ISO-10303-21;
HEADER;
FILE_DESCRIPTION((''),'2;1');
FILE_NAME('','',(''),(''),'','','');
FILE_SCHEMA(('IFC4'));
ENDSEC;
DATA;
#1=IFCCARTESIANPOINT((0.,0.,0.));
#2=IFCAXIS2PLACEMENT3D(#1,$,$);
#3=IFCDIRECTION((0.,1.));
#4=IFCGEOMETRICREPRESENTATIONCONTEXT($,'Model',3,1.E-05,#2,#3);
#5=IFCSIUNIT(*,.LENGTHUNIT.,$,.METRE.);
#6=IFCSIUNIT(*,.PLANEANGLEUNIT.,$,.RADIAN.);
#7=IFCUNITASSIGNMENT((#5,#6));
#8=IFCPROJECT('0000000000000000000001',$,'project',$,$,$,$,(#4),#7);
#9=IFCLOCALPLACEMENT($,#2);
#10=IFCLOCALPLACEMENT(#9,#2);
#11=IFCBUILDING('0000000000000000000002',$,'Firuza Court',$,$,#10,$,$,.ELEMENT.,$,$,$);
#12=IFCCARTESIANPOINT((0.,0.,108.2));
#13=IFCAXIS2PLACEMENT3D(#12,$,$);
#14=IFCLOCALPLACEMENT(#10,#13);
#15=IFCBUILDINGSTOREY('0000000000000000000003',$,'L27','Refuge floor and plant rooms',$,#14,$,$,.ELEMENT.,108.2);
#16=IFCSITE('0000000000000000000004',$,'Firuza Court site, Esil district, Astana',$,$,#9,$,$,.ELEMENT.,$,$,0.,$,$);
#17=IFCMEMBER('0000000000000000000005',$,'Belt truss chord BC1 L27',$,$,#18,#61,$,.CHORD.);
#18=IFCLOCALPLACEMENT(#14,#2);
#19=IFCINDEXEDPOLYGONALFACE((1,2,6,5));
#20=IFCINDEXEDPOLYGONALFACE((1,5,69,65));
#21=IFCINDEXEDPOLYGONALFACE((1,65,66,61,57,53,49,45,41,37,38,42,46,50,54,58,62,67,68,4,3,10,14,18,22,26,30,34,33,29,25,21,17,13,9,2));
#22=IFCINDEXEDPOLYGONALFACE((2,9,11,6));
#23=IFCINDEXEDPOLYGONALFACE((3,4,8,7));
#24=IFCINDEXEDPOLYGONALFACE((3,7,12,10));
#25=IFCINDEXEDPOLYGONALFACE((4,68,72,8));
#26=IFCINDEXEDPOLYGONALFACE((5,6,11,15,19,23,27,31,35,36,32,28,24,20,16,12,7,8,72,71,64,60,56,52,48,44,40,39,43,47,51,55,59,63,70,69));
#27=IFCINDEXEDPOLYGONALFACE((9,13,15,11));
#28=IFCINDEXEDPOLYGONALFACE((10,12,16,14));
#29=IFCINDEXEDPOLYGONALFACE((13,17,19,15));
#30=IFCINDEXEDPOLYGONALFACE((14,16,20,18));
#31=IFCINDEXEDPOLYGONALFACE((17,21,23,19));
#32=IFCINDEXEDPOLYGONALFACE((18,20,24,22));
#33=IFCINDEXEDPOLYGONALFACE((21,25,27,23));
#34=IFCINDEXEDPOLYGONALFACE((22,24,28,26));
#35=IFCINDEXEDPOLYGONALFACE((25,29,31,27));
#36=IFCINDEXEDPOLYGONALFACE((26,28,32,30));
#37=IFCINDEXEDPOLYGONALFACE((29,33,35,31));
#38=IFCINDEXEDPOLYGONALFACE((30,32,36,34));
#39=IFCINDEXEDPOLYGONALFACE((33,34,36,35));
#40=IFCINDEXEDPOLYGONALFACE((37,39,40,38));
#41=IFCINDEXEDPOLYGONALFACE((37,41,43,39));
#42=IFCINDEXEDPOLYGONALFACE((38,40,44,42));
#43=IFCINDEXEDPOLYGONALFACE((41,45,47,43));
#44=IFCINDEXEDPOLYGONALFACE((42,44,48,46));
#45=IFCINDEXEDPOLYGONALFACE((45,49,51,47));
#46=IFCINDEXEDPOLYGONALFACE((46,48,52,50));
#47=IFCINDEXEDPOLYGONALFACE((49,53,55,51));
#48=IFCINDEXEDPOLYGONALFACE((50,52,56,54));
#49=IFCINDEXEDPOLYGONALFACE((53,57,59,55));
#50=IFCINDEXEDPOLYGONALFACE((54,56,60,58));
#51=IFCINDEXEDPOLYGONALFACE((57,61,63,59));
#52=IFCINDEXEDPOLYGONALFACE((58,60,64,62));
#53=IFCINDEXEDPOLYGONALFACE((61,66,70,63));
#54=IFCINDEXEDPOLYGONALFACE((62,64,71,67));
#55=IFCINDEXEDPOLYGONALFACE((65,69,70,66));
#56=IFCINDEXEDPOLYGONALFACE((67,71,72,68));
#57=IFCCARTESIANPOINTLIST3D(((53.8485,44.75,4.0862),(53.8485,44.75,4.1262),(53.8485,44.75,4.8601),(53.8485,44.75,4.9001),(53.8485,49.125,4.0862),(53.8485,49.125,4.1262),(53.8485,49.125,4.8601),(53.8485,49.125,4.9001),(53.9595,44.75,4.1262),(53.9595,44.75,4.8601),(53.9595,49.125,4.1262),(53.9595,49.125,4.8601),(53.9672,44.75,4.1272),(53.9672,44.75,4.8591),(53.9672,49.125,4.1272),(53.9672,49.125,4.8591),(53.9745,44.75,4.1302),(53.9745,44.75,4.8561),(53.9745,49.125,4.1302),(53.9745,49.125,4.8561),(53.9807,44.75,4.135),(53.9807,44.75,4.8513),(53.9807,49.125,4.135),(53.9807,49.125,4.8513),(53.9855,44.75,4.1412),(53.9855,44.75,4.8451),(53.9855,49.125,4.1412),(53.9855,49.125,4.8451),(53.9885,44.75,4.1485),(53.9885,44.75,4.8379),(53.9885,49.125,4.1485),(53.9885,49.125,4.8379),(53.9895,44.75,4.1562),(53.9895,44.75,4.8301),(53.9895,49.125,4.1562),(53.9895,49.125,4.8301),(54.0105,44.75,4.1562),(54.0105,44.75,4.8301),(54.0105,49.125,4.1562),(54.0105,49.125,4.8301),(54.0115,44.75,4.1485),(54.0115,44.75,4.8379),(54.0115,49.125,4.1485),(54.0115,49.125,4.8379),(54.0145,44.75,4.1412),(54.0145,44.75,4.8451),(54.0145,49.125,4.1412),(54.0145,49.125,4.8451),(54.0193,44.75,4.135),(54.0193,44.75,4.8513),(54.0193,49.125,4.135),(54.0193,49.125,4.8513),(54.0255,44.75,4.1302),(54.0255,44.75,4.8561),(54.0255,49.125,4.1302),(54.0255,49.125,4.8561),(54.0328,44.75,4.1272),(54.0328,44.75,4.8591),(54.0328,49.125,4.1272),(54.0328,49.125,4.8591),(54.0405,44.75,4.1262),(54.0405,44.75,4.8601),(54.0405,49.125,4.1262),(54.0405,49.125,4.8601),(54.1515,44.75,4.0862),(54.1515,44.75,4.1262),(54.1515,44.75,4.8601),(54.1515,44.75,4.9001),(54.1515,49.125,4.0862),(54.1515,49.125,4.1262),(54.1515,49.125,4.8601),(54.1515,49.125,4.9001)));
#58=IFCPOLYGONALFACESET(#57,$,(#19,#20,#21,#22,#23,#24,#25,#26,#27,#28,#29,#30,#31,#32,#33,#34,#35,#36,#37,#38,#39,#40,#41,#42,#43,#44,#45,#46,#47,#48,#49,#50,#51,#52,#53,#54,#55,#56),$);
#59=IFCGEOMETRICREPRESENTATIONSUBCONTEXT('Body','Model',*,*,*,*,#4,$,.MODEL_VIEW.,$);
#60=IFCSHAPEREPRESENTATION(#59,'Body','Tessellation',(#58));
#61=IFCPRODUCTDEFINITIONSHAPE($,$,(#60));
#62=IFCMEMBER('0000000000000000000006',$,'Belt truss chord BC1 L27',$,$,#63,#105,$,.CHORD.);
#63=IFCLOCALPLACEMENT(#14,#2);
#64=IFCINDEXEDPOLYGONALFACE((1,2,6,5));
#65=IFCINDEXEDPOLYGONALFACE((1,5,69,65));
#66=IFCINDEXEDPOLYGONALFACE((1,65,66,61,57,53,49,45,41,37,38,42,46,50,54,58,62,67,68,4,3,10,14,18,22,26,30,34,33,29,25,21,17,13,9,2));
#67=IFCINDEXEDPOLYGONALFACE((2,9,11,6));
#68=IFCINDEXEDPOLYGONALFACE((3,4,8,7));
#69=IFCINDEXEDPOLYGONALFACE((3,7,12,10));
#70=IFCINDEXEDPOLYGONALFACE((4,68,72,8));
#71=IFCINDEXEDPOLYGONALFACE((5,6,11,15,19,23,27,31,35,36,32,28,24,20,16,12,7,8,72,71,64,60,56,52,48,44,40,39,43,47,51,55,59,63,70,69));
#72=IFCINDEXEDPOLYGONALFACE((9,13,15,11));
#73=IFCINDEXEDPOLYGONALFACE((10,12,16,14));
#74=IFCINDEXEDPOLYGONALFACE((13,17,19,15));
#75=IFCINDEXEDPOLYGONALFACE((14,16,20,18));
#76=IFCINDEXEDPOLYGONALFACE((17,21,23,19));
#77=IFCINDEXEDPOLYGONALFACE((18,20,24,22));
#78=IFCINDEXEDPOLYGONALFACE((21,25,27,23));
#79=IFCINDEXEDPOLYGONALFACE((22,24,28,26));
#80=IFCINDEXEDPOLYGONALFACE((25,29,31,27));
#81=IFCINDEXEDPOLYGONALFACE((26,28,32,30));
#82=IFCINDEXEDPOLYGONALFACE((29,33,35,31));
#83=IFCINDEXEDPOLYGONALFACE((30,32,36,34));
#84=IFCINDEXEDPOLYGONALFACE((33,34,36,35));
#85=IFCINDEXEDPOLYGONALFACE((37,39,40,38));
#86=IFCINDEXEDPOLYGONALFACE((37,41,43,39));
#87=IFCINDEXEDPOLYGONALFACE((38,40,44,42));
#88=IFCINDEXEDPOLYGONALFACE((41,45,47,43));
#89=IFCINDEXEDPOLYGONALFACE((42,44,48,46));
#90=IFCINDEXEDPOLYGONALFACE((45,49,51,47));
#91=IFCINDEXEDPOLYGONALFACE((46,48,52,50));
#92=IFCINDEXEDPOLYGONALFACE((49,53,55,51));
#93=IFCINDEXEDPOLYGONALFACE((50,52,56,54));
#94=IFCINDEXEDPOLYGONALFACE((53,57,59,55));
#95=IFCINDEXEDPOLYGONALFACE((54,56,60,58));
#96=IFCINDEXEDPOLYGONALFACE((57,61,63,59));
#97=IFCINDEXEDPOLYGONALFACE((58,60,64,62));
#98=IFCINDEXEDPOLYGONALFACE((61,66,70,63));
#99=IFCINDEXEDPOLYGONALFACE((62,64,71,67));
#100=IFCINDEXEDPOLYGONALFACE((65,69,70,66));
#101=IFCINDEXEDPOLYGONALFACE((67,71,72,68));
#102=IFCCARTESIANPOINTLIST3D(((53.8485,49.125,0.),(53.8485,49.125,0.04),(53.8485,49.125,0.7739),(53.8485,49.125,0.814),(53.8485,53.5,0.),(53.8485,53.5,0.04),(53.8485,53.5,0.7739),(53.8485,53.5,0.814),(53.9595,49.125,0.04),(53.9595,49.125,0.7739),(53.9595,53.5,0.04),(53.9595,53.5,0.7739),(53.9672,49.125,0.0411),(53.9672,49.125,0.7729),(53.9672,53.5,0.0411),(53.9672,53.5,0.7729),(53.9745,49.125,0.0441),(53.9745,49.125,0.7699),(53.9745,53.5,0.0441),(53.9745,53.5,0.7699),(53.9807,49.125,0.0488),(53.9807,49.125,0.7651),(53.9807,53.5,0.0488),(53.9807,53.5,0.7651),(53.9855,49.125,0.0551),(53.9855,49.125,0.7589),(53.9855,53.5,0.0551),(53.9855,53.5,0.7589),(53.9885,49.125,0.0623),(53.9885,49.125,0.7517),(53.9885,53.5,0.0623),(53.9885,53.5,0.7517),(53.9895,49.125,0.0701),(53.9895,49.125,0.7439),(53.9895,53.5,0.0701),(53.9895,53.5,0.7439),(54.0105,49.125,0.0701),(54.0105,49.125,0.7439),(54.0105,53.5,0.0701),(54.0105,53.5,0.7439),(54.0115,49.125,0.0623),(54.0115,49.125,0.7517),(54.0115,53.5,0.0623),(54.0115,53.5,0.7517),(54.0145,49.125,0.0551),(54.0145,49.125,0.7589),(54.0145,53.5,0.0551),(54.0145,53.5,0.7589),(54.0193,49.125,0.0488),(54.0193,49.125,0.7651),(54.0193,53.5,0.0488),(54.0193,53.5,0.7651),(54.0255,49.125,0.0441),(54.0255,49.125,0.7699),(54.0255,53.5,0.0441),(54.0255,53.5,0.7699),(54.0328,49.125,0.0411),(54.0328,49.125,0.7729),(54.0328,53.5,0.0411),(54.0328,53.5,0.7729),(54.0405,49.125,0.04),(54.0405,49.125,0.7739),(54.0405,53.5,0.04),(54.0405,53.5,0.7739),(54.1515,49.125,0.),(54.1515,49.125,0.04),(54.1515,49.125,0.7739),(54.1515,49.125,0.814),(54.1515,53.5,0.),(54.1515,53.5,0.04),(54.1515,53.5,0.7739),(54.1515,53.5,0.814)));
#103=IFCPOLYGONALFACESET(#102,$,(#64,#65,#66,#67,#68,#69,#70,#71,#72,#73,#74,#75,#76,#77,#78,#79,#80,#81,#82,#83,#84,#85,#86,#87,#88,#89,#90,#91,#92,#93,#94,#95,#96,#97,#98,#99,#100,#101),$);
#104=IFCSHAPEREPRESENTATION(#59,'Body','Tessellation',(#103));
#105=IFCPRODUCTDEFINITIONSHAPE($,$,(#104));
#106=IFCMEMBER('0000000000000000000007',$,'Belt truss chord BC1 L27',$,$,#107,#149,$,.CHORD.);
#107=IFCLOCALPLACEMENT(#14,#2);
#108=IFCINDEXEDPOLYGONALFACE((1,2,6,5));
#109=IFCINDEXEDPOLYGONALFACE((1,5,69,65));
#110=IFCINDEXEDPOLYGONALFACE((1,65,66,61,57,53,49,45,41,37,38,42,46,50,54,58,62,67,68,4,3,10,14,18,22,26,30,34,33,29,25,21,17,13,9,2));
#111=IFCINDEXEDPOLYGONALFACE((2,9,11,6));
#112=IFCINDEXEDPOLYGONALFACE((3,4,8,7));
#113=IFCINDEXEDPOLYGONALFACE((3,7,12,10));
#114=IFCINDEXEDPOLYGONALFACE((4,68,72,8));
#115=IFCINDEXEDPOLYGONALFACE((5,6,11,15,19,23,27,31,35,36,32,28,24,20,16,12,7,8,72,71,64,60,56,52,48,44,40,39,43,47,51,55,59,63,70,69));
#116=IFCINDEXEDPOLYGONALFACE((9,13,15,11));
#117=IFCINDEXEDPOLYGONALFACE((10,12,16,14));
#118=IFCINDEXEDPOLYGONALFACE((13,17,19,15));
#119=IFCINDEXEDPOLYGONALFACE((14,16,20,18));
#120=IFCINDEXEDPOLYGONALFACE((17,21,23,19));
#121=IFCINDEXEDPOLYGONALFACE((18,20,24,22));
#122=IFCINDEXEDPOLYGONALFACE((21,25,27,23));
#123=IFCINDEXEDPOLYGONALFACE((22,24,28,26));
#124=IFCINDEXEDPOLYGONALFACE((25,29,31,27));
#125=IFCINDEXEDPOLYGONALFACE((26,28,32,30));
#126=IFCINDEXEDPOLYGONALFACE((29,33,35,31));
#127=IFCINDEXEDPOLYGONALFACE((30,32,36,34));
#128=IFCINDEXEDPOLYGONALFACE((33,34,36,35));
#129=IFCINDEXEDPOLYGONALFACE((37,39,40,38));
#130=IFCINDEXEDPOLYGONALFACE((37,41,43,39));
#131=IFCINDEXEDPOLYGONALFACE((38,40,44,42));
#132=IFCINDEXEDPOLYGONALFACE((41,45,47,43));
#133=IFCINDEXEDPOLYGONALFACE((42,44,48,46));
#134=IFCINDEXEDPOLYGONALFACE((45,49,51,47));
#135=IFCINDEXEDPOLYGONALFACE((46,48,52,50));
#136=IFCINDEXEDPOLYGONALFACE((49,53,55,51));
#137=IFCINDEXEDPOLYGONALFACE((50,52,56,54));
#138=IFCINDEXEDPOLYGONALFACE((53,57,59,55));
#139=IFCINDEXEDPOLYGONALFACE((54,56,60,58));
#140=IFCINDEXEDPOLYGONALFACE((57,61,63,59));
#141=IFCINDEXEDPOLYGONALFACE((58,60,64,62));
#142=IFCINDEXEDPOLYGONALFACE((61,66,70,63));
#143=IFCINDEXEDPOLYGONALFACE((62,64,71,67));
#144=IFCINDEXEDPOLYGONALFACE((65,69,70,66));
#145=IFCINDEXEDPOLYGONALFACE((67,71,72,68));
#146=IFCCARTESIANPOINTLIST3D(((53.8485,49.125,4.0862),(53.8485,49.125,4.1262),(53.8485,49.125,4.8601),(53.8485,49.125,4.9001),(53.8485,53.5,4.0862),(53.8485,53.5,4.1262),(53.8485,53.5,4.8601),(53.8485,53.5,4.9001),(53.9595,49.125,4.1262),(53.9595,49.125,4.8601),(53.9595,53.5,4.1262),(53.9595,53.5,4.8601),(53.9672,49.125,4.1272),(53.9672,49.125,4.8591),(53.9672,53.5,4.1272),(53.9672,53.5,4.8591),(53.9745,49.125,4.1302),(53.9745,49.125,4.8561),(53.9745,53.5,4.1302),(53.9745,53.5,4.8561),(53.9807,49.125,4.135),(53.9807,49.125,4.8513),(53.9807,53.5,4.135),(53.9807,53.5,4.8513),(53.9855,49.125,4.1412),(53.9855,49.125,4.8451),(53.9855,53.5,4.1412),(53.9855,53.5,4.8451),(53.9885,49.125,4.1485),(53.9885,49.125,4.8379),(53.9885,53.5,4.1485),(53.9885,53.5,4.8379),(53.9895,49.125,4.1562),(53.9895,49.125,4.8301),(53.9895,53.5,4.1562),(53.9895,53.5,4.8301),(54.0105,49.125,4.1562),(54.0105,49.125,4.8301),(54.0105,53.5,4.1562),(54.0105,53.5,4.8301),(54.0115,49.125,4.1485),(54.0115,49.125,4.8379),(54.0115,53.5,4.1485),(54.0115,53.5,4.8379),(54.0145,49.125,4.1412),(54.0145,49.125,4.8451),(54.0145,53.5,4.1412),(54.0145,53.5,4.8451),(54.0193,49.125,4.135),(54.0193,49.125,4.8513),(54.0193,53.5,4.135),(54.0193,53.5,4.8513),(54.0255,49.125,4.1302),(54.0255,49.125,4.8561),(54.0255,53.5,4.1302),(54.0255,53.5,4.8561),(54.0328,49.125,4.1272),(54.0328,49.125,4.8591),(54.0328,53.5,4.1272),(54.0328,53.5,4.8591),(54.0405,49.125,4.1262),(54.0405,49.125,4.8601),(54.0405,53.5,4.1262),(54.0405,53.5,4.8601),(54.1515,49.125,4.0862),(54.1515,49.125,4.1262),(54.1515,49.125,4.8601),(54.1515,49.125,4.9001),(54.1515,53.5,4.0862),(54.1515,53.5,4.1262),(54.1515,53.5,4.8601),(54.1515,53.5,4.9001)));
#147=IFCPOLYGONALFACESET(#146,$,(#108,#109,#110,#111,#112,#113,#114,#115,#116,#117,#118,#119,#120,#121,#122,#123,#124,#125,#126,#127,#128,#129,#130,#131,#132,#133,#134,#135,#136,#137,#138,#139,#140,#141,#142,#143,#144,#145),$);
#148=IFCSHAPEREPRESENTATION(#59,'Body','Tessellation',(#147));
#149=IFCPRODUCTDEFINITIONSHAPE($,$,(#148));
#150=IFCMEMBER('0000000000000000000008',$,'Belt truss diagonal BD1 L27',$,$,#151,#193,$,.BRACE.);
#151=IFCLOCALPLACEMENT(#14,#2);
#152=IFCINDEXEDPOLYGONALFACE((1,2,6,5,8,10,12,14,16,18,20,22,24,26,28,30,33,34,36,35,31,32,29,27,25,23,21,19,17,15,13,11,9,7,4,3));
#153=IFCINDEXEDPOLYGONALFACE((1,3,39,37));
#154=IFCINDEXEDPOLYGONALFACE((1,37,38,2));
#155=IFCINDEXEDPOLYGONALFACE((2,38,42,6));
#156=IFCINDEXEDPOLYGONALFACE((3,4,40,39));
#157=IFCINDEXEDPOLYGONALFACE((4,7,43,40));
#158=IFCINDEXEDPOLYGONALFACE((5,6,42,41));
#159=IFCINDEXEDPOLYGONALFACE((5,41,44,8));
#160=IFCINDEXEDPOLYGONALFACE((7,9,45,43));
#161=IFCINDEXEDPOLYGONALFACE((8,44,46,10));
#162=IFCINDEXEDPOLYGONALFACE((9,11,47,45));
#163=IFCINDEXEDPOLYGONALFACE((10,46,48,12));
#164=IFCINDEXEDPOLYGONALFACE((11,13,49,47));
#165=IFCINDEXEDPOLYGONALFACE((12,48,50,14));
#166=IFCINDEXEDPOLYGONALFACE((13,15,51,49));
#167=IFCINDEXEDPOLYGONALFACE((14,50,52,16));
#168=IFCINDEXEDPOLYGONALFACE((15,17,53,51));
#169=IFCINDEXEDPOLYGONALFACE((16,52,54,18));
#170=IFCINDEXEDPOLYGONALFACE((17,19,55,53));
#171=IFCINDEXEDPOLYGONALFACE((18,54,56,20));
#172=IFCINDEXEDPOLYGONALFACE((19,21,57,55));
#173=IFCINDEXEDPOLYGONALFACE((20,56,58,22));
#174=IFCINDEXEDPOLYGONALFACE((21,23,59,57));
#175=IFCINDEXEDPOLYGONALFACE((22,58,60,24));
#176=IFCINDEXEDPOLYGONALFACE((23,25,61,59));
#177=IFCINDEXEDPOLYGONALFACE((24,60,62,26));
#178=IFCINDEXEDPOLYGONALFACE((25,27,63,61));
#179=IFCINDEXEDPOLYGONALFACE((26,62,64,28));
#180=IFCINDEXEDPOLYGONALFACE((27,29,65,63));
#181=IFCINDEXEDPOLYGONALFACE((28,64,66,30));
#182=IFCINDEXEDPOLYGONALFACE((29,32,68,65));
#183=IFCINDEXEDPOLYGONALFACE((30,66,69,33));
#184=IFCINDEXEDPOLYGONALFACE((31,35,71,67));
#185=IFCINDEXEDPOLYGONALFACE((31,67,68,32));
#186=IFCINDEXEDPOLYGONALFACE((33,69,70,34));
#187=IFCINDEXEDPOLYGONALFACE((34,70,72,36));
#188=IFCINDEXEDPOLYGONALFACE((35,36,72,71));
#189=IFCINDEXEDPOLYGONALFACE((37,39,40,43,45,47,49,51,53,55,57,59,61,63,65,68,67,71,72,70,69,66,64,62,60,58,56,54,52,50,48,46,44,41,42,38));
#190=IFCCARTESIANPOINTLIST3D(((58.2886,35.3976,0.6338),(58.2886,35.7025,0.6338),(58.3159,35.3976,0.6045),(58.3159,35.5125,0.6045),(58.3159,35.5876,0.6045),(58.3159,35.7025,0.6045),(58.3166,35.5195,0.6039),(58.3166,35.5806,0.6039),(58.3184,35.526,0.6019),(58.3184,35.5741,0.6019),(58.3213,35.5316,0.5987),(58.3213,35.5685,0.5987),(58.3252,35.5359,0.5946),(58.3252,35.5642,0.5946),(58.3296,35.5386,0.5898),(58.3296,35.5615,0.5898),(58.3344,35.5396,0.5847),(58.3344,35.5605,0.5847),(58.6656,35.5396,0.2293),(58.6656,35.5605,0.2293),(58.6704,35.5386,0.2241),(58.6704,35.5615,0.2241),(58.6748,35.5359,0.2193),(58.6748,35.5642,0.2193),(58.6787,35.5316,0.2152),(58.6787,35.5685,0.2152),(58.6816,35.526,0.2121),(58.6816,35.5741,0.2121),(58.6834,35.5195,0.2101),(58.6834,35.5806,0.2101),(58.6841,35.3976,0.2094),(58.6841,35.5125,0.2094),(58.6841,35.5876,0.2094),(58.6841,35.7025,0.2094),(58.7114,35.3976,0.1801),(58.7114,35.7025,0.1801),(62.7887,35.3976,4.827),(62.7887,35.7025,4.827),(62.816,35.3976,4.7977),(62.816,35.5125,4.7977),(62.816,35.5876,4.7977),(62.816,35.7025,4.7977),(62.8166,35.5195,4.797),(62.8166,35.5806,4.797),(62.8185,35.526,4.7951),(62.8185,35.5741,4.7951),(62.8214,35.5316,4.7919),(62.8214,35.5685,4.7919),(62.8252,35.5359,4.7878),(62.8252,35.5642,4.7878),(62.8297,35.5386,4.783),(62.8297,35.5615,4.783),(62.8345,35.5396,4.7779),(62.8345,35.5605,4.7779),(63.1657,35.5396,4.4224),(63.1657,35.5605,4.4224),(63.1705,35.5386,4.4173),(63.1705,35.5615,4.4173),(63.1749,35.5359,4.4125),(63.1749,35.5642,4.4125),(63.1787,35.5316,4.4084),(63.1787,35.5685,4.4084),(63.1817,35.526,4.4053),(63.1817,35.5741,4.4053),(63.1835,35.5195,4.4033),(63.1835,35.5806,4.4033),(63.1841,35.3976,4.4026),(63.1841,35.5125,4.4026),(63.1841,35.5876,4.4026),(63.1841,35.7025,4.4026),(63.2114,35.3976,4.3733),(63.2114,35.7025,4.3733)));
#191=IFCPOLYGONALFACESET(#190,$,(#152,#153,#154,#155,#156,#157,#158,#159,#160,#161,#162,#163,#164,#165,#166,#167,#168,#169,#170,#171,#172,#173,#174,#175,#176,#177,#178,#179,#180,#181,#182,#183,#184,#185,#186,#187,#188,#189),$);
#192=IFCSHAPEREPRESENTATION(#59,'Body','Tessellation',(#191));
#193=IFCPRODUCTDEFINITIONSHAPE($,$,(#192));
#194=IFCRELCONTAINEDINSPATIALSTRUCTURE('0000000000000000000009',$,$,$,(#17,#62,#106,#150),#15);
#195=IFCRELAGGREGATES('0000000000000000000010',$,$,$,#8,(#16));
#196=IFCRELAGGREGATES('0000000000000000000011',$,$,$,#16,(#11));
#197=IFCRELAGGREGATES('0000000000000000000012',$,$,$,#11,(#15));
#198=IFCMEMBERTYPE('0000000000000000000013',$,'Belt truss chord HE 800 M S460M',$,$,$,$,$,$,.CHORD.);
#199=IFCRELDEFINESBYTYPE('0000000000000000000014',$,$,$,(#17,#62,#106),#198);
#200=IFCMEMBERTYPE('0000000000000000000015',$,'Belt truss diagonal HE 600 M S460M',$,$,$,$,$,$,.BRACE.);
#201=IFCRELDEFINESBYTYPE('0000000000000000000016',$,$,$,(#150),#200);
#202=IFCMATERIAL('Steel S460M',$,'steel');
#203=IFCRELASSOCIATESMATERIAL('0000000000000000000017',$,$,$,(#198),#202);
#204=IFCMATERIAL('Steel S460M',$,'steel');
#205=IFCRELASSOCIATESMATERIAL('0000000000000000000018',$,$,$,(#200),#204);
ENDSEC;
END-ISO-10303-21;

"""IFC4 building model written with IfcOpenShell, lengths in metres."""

from ifc_helpers import new_model, si_unit, direction, frame, origin, origin_2d, place, context, subcontext, project, spatial, i_section, extrude, material, material_profile, profile_set, type_object, element, save


model = new_model("IFC4")

# Units and contexts
model_context = context("Model", 3, precision=1e-05, world=origin(), true_north=direction((0.0, 1.0)))
body_context = subcontext(model_context, "Body", "Model", "MODEL_VIEW")
ifc_project = project(units=[si_unit("LENGTHUNIT", "METRE"), si_unit("PLANEANGLEUNIT", "RADIAN")], contexts=[model_context])

# Site, building, storey
site_placement = place(None, origin())
site = spatial("IfcSite", under=ifc_project, at=site_placement, Name="Firuza Court site, Esil district, Astana", CompositionType="ELEMENT", RefElevation=0.0)
building_placement = place(site_placement, origin())
building = spatial("IfcBuilding", under=site, at=building_placement, Name="Firuza Court", CompositionType="ELEMENT")
storey_placement = place(building_placement, frame((0.0, 0.0, 108.2)))
storey = spatial("IfcBuildingStorey", under=building, at=storey_placement, Name="L27", Description="Refuge floor and plant rooms", CompositionType="ELEMENT", Elevation=108.2)

# Members
ifc_material_1 = material(Name="Steel S460M", Category="steel")
ifc_material_profile_1 = material_profile(ifc_material_1, i_section(OverallWidth=0.303, OverallDepth=0.814, WebThickness=0.021, FlangeThickness=0.04, FilletRadius=0.03, at=origin_2d()), Name="HE 800 M")
ifc_profile_set_1 = profile_set([ifc_material_profile_1], Name="Steel S460M")
member_type_1 = type_object("IfcMemberType", Name="Belt truss chord HE 800 M S460M", PredefinedType="CHORD", material=ifc_profile_set_1)
for number, where, z_axis, x_axis, name in (
    (1, (54.0, 44.75, 4.4932), (0.0, 1.0, 0.0), (-1.0, 0.0, 0.0), "Belt truss chord BC1 L27"),
    (2, (54.0, 49.125, 0.407), (0.0, 1.0, 0.0), (-1.0, 0.0, 0.0), "Belt truss chord BC1 L27"),
    (3, (54.0, 49.125, 4.4932), (0.0, 1.0, 0.0), (-1.0, 0.0, 0.0), "Belt truss chord BC1 L27"),
):
    element("IfcMember", number, at=place(storey_placement, frame(where, z_axis=z_axis, x_axis=x_axis)), inside=storey, type_object=member_type_1, Name=name, PredefinedType="CHORD", context=body_context, shape_type="SweptSolid", body=[
        extrude(i_section(OverallWidth=0.303, OverallDepth=0.814, WebThickness=0.021, FlangeThickness=0.04, FilletRadius=0.03, at=origin_2d()), origin(), (0.0, 0.0, 1.0), 4.375),
    ])
ifc_material_2 = material(Name="Steel S460M", Category="steel")
ifc_material_profile_2 = material_profile(ifc_material_2, i_section(OverallWidth=0.3049, OverallDepth=0.6201, WebThickness=0.021, FlangeThickness=0.04, FilletRadius=0.0271, at=origin_2d()), Name="HE 600 M")
ifc_profile_set_2 = profile_set([ifc_material_profile_2], Name="Steel S460M")
member_type_2 = type_object("IfcMemberType", Name="Belt truss diagonal HE 600 M S460M", PredefinedType="BRACE", material=ifc_profile_set_2)
for number, where, z_axis, x_axis, name in (
    (4, (58.5, 35.55, 0.407), (0.731613, 0.0, 0.68172), (0.0, 1.0, 0.0), "Belt truss diagonal BD1 L27"),
):
    element("IfcMember", number, at=place(storey_placement, frame(where, z_axis=z_axis, x_axis=x_axis)), inside=storey, type_object=member_type_2, Name=name, PredefinedType="BRACE", context=body_context, shape_type="SweptSolid", body=[
        extrude(i_section(OverallWidth=0.3049, OverallDepth=0.6201, WebThickness=0.021, FlangeThickness=0.04, FilletRadius=0.0271, at=origin_2d()), origin(), (0.0, 0.0, 1.0), 6.1509),
    ])

save(model, "model.ifc")
